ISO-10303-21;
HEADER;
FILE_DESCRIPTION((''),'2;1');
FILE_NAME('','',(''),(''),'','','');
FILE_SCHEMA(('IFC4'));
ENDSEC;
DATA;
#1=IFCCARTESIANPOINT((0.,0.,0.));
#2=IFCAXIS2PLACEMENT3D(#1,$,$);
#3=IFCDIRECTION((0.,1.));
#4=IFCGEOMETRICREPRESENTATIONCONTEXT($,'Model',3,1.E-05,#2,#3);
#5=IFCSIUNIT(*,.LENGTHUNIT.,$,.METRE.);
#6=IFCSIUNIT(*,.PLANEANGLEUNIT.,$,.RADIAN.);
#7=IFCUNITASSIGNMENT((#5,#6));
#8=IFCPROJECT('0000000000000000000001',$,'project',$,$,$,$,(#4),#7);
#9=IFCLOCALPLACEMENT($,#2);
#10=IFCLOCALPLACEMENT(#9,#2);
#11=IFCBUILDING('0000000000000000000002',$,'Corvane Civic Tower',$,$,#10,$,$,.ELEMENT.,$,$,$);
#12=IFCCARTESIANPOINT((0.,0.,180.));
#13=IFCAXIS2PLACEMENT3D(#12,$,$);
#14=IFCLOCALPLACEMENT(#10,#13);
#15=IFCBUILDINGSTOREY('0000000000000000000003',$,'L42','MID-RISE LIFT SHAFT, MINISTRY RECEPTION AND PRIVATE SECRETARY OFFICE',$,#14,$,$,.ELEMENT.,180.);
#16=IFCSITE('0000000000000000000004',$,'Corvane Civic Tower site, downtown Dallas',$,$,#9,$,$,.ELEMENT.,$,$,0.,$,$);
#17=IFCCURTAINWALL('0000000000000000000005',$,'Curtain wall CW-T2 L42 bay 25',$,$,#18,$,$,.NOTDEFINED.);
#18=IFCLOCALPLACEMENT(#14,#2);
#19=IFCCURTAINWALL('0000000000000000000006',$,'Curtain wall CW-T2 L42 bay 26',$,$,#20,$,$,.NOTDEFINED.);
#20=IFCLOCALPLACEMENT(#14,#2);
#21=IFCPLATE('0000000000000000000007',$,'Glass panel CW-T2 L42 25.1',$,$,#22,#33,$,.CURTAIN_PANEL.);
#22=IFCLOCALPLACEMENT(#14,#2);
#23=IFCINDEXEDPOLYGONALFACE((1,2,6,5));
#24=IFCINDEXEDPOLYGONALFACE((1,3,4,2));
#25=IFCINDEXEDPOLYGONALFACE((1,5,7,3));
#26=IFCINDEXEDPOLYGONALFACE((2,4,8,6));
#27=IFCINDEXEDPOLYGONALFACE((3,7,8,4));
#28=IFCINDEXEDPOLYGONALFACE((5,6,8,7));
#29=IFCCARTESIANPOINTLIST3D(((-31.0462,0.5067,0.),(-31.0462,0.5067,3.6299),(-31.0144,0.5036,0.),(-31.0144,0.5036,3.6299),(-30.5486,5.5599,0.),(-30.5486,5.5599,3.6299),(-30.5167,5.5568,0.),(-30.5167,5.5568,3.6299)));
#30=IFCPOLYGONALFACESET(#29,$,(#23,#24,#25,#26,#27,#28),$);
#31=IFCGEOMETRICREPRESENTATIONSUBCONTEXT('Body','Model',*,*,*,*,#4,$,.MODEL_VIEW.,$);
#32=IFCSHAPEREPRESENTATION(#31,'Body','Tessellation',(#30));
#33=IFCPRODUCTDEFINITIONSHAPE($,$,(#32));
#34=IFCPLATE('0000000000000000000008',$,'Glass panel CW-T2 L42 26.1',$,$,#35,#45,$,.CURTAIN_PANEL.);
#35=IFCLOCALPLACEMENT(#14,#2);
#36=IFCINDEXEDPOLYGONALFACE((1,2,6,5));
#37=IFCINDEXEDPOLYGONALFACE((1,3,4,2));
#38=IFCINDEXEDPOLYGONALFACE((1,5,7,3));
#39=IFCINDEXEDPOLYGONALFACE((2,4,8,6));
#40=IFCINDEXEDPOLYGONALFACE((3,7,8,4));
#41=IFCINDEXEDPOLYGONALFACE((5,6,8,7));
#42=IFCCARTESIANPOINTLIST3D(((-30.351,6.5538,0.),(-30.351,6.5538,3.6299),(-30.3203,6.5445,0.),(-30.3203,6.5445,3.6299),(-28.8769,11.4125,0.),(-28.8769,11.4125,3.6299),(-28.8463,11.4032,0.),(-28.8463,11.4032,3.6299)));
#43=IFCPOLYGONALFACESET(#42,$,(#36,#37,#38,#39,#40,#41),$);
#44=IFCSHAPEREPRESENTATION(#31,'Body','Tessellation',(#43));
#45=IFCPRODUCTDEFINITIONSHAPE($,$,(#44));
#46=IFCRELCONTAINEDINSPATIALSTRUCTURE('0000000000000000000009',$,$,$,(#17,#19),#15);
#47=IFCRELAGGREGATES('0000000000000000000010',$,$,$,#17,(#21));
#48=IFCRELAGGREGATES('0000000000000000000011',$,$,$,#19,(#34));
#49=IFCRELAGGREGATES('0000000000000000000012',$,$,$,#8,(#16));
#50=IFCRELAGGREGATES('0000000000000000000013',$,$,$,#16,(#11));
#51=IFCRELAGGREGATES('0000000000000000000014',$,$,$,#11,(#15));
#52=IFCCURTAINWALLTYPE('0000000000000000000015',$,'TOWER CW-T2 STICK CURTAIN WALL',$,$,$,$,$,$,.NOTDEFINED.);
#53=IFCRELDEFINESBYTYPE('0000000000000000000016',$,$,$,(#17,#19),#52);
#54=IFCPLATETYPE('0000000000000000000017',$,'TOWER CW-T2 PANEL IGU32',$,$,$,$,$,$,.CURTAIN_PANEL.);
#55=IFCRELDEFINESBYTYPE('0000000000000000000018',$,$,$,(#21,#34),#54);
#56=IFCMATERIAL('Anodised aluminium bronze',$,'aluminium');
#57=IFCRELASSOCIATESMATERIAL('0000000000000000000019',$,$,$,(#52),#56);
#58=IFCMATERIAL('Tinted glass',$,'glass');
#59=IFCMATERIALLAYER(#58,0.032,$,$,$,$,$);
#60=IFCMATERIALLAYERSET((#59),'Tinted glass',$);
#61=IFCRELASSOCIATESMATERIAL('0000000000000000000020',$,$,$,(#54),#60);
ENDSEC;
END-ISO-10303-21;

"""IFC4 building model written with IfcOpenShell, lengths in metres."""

from ifc_helpers import new_model, si_unit, direction, frame, origin, origin_2d, place, context, subcontext, project, spatial, rectangle, extrude, material, layer, layer_set, type_object, element, aggregate, save


model = new_model("IFC4")

# Units and contexts
model_context = context("Model", 3, precision=1e-05, world=origin(), true_north=direction((0.0, 1.0)))
body_context = subcontext(model_context, "Body", "Model", "MODEL_VIEW")
ifc_project = project(units=[si_unit("LENGTHUNIT", "METRE"), si_unit("PLANEANGLEUNIT", "RADIAN")], contexts=[model_context])

# Site, building, storey
site_placement = place(None, origin())
site = spatial("IfcSite", under=ifc_project, at=site_placement, Name="Corvane Civic Tower site, downtown Dallas", CompositionType="ELEMENT", RefElevation=0.0)
building_placement = place(site_placement, origin())
building = spatial("IfcBuilding", under=site, at=building_placement, Name="Corvane Civic Tower", CompositionType="ELEMENT")
storey_placement = place(building_placement, frame((0.0, 0.0, 180.0)))
storey = spatial("IfcBuildingStorey", under=building, at=storey_placement, Name="L42", Description="MID-RISE LIFT SHAFT, MINISTRY RECEPTION AND PRIVATE SECRETARY OFFICE", CompositionType="ELEMENT", Elevation=180.0)

# Curtain walls
ifc_material_1 = material(Name="Anodised aluminium bronze", Category="aluminium")
curtain_wall_type = type_object("IfcCurtainWallType", Name="TOWER CW-T2 STICK CURTAIN WALL", PredefinedType="NOTDEFINED", material=ifc_material_1)
curtain_wall_1_placement = place(storey_placement, origin())
curtain_wall_1 = element("IfcCurtainWall", 1, at=curtain_wall_1_placement, inside=storey, type_object=curtain_wall_type, Name="Curtain wall CW-T2 L42 bay 25", PredefinedType="NOTDEFINED")
curtain_wall_2_placement = place(storey_placement, origin())
curtain_wall_2 = element("IfcCurtainWall", 2, at=curtain_wall_2_placement, inside=storey, type_object=curtain_wall_type, Name="Curtain wall CW-T2 L42 bay 26", PredefinedType="NOTDEFINED")

# Plates
ifc_material_2 = material(Name="Tinted glass", Category="glass")
ifc_layer_1 = layer(ifc_material_2, 0.032)
ifc_layer_set_1 = layer_set([ifc_layer_1], Name="Tinted glass")
plate_type = type_object("IfcPlateType", Name="TOWER CW-T2 PANEL IGU32", PredefinedType="CURTAIN_PANEL", material=ifc_layer_set_1)
plate_1_placement = place(storey_placement, frame((-30.7815, 3.0317, 0.0), z_axis=(0.0, 0.0, 1.0), x_axis=(0.098012, 0.995185, 0.0)))
plate_1 = element("IfcPlate", 3, at=plate_1_placement, type_object=plate_type, Name="Glass panel CW-T2 L42 25.1", PredefinedType="CURTAIN_PANEL", context=body_context, shape_type="SweptSolid", body=[
    extrude(rectangle(XDim=5.0776, YDim=0.032, at=origin_2d()), origin(), (0.0, 0.0, 1.0), 3.6299),
])
aggregate(curtain_wall_1, [plate_1])
plate_2_placement = place(storey_placement, frame((-29.5986, 8.9785, 0.0), z_axis=(0.0, 0.0, 1.0), x_axis=(0.290313, 0.956932, 0.0)))
plate_2 = element("IfcPlate", 4, at=plate_2_placement, type_object=plate_type, Name="Glass panel CW-T2 L42 26.1", PredefinedType="CURTAIN_PANEL", context=body_context, shape_type="SweptSolid", body=[
    extrude(rectangle(XDim=5.0774, YDim=0.032, at=origin_2d()), origin(), (0.0, 0.0, 1.0), 3.6299),
])
aggregate(curtain_wall_2, [plate_2])

save(model, "model.ifc")
